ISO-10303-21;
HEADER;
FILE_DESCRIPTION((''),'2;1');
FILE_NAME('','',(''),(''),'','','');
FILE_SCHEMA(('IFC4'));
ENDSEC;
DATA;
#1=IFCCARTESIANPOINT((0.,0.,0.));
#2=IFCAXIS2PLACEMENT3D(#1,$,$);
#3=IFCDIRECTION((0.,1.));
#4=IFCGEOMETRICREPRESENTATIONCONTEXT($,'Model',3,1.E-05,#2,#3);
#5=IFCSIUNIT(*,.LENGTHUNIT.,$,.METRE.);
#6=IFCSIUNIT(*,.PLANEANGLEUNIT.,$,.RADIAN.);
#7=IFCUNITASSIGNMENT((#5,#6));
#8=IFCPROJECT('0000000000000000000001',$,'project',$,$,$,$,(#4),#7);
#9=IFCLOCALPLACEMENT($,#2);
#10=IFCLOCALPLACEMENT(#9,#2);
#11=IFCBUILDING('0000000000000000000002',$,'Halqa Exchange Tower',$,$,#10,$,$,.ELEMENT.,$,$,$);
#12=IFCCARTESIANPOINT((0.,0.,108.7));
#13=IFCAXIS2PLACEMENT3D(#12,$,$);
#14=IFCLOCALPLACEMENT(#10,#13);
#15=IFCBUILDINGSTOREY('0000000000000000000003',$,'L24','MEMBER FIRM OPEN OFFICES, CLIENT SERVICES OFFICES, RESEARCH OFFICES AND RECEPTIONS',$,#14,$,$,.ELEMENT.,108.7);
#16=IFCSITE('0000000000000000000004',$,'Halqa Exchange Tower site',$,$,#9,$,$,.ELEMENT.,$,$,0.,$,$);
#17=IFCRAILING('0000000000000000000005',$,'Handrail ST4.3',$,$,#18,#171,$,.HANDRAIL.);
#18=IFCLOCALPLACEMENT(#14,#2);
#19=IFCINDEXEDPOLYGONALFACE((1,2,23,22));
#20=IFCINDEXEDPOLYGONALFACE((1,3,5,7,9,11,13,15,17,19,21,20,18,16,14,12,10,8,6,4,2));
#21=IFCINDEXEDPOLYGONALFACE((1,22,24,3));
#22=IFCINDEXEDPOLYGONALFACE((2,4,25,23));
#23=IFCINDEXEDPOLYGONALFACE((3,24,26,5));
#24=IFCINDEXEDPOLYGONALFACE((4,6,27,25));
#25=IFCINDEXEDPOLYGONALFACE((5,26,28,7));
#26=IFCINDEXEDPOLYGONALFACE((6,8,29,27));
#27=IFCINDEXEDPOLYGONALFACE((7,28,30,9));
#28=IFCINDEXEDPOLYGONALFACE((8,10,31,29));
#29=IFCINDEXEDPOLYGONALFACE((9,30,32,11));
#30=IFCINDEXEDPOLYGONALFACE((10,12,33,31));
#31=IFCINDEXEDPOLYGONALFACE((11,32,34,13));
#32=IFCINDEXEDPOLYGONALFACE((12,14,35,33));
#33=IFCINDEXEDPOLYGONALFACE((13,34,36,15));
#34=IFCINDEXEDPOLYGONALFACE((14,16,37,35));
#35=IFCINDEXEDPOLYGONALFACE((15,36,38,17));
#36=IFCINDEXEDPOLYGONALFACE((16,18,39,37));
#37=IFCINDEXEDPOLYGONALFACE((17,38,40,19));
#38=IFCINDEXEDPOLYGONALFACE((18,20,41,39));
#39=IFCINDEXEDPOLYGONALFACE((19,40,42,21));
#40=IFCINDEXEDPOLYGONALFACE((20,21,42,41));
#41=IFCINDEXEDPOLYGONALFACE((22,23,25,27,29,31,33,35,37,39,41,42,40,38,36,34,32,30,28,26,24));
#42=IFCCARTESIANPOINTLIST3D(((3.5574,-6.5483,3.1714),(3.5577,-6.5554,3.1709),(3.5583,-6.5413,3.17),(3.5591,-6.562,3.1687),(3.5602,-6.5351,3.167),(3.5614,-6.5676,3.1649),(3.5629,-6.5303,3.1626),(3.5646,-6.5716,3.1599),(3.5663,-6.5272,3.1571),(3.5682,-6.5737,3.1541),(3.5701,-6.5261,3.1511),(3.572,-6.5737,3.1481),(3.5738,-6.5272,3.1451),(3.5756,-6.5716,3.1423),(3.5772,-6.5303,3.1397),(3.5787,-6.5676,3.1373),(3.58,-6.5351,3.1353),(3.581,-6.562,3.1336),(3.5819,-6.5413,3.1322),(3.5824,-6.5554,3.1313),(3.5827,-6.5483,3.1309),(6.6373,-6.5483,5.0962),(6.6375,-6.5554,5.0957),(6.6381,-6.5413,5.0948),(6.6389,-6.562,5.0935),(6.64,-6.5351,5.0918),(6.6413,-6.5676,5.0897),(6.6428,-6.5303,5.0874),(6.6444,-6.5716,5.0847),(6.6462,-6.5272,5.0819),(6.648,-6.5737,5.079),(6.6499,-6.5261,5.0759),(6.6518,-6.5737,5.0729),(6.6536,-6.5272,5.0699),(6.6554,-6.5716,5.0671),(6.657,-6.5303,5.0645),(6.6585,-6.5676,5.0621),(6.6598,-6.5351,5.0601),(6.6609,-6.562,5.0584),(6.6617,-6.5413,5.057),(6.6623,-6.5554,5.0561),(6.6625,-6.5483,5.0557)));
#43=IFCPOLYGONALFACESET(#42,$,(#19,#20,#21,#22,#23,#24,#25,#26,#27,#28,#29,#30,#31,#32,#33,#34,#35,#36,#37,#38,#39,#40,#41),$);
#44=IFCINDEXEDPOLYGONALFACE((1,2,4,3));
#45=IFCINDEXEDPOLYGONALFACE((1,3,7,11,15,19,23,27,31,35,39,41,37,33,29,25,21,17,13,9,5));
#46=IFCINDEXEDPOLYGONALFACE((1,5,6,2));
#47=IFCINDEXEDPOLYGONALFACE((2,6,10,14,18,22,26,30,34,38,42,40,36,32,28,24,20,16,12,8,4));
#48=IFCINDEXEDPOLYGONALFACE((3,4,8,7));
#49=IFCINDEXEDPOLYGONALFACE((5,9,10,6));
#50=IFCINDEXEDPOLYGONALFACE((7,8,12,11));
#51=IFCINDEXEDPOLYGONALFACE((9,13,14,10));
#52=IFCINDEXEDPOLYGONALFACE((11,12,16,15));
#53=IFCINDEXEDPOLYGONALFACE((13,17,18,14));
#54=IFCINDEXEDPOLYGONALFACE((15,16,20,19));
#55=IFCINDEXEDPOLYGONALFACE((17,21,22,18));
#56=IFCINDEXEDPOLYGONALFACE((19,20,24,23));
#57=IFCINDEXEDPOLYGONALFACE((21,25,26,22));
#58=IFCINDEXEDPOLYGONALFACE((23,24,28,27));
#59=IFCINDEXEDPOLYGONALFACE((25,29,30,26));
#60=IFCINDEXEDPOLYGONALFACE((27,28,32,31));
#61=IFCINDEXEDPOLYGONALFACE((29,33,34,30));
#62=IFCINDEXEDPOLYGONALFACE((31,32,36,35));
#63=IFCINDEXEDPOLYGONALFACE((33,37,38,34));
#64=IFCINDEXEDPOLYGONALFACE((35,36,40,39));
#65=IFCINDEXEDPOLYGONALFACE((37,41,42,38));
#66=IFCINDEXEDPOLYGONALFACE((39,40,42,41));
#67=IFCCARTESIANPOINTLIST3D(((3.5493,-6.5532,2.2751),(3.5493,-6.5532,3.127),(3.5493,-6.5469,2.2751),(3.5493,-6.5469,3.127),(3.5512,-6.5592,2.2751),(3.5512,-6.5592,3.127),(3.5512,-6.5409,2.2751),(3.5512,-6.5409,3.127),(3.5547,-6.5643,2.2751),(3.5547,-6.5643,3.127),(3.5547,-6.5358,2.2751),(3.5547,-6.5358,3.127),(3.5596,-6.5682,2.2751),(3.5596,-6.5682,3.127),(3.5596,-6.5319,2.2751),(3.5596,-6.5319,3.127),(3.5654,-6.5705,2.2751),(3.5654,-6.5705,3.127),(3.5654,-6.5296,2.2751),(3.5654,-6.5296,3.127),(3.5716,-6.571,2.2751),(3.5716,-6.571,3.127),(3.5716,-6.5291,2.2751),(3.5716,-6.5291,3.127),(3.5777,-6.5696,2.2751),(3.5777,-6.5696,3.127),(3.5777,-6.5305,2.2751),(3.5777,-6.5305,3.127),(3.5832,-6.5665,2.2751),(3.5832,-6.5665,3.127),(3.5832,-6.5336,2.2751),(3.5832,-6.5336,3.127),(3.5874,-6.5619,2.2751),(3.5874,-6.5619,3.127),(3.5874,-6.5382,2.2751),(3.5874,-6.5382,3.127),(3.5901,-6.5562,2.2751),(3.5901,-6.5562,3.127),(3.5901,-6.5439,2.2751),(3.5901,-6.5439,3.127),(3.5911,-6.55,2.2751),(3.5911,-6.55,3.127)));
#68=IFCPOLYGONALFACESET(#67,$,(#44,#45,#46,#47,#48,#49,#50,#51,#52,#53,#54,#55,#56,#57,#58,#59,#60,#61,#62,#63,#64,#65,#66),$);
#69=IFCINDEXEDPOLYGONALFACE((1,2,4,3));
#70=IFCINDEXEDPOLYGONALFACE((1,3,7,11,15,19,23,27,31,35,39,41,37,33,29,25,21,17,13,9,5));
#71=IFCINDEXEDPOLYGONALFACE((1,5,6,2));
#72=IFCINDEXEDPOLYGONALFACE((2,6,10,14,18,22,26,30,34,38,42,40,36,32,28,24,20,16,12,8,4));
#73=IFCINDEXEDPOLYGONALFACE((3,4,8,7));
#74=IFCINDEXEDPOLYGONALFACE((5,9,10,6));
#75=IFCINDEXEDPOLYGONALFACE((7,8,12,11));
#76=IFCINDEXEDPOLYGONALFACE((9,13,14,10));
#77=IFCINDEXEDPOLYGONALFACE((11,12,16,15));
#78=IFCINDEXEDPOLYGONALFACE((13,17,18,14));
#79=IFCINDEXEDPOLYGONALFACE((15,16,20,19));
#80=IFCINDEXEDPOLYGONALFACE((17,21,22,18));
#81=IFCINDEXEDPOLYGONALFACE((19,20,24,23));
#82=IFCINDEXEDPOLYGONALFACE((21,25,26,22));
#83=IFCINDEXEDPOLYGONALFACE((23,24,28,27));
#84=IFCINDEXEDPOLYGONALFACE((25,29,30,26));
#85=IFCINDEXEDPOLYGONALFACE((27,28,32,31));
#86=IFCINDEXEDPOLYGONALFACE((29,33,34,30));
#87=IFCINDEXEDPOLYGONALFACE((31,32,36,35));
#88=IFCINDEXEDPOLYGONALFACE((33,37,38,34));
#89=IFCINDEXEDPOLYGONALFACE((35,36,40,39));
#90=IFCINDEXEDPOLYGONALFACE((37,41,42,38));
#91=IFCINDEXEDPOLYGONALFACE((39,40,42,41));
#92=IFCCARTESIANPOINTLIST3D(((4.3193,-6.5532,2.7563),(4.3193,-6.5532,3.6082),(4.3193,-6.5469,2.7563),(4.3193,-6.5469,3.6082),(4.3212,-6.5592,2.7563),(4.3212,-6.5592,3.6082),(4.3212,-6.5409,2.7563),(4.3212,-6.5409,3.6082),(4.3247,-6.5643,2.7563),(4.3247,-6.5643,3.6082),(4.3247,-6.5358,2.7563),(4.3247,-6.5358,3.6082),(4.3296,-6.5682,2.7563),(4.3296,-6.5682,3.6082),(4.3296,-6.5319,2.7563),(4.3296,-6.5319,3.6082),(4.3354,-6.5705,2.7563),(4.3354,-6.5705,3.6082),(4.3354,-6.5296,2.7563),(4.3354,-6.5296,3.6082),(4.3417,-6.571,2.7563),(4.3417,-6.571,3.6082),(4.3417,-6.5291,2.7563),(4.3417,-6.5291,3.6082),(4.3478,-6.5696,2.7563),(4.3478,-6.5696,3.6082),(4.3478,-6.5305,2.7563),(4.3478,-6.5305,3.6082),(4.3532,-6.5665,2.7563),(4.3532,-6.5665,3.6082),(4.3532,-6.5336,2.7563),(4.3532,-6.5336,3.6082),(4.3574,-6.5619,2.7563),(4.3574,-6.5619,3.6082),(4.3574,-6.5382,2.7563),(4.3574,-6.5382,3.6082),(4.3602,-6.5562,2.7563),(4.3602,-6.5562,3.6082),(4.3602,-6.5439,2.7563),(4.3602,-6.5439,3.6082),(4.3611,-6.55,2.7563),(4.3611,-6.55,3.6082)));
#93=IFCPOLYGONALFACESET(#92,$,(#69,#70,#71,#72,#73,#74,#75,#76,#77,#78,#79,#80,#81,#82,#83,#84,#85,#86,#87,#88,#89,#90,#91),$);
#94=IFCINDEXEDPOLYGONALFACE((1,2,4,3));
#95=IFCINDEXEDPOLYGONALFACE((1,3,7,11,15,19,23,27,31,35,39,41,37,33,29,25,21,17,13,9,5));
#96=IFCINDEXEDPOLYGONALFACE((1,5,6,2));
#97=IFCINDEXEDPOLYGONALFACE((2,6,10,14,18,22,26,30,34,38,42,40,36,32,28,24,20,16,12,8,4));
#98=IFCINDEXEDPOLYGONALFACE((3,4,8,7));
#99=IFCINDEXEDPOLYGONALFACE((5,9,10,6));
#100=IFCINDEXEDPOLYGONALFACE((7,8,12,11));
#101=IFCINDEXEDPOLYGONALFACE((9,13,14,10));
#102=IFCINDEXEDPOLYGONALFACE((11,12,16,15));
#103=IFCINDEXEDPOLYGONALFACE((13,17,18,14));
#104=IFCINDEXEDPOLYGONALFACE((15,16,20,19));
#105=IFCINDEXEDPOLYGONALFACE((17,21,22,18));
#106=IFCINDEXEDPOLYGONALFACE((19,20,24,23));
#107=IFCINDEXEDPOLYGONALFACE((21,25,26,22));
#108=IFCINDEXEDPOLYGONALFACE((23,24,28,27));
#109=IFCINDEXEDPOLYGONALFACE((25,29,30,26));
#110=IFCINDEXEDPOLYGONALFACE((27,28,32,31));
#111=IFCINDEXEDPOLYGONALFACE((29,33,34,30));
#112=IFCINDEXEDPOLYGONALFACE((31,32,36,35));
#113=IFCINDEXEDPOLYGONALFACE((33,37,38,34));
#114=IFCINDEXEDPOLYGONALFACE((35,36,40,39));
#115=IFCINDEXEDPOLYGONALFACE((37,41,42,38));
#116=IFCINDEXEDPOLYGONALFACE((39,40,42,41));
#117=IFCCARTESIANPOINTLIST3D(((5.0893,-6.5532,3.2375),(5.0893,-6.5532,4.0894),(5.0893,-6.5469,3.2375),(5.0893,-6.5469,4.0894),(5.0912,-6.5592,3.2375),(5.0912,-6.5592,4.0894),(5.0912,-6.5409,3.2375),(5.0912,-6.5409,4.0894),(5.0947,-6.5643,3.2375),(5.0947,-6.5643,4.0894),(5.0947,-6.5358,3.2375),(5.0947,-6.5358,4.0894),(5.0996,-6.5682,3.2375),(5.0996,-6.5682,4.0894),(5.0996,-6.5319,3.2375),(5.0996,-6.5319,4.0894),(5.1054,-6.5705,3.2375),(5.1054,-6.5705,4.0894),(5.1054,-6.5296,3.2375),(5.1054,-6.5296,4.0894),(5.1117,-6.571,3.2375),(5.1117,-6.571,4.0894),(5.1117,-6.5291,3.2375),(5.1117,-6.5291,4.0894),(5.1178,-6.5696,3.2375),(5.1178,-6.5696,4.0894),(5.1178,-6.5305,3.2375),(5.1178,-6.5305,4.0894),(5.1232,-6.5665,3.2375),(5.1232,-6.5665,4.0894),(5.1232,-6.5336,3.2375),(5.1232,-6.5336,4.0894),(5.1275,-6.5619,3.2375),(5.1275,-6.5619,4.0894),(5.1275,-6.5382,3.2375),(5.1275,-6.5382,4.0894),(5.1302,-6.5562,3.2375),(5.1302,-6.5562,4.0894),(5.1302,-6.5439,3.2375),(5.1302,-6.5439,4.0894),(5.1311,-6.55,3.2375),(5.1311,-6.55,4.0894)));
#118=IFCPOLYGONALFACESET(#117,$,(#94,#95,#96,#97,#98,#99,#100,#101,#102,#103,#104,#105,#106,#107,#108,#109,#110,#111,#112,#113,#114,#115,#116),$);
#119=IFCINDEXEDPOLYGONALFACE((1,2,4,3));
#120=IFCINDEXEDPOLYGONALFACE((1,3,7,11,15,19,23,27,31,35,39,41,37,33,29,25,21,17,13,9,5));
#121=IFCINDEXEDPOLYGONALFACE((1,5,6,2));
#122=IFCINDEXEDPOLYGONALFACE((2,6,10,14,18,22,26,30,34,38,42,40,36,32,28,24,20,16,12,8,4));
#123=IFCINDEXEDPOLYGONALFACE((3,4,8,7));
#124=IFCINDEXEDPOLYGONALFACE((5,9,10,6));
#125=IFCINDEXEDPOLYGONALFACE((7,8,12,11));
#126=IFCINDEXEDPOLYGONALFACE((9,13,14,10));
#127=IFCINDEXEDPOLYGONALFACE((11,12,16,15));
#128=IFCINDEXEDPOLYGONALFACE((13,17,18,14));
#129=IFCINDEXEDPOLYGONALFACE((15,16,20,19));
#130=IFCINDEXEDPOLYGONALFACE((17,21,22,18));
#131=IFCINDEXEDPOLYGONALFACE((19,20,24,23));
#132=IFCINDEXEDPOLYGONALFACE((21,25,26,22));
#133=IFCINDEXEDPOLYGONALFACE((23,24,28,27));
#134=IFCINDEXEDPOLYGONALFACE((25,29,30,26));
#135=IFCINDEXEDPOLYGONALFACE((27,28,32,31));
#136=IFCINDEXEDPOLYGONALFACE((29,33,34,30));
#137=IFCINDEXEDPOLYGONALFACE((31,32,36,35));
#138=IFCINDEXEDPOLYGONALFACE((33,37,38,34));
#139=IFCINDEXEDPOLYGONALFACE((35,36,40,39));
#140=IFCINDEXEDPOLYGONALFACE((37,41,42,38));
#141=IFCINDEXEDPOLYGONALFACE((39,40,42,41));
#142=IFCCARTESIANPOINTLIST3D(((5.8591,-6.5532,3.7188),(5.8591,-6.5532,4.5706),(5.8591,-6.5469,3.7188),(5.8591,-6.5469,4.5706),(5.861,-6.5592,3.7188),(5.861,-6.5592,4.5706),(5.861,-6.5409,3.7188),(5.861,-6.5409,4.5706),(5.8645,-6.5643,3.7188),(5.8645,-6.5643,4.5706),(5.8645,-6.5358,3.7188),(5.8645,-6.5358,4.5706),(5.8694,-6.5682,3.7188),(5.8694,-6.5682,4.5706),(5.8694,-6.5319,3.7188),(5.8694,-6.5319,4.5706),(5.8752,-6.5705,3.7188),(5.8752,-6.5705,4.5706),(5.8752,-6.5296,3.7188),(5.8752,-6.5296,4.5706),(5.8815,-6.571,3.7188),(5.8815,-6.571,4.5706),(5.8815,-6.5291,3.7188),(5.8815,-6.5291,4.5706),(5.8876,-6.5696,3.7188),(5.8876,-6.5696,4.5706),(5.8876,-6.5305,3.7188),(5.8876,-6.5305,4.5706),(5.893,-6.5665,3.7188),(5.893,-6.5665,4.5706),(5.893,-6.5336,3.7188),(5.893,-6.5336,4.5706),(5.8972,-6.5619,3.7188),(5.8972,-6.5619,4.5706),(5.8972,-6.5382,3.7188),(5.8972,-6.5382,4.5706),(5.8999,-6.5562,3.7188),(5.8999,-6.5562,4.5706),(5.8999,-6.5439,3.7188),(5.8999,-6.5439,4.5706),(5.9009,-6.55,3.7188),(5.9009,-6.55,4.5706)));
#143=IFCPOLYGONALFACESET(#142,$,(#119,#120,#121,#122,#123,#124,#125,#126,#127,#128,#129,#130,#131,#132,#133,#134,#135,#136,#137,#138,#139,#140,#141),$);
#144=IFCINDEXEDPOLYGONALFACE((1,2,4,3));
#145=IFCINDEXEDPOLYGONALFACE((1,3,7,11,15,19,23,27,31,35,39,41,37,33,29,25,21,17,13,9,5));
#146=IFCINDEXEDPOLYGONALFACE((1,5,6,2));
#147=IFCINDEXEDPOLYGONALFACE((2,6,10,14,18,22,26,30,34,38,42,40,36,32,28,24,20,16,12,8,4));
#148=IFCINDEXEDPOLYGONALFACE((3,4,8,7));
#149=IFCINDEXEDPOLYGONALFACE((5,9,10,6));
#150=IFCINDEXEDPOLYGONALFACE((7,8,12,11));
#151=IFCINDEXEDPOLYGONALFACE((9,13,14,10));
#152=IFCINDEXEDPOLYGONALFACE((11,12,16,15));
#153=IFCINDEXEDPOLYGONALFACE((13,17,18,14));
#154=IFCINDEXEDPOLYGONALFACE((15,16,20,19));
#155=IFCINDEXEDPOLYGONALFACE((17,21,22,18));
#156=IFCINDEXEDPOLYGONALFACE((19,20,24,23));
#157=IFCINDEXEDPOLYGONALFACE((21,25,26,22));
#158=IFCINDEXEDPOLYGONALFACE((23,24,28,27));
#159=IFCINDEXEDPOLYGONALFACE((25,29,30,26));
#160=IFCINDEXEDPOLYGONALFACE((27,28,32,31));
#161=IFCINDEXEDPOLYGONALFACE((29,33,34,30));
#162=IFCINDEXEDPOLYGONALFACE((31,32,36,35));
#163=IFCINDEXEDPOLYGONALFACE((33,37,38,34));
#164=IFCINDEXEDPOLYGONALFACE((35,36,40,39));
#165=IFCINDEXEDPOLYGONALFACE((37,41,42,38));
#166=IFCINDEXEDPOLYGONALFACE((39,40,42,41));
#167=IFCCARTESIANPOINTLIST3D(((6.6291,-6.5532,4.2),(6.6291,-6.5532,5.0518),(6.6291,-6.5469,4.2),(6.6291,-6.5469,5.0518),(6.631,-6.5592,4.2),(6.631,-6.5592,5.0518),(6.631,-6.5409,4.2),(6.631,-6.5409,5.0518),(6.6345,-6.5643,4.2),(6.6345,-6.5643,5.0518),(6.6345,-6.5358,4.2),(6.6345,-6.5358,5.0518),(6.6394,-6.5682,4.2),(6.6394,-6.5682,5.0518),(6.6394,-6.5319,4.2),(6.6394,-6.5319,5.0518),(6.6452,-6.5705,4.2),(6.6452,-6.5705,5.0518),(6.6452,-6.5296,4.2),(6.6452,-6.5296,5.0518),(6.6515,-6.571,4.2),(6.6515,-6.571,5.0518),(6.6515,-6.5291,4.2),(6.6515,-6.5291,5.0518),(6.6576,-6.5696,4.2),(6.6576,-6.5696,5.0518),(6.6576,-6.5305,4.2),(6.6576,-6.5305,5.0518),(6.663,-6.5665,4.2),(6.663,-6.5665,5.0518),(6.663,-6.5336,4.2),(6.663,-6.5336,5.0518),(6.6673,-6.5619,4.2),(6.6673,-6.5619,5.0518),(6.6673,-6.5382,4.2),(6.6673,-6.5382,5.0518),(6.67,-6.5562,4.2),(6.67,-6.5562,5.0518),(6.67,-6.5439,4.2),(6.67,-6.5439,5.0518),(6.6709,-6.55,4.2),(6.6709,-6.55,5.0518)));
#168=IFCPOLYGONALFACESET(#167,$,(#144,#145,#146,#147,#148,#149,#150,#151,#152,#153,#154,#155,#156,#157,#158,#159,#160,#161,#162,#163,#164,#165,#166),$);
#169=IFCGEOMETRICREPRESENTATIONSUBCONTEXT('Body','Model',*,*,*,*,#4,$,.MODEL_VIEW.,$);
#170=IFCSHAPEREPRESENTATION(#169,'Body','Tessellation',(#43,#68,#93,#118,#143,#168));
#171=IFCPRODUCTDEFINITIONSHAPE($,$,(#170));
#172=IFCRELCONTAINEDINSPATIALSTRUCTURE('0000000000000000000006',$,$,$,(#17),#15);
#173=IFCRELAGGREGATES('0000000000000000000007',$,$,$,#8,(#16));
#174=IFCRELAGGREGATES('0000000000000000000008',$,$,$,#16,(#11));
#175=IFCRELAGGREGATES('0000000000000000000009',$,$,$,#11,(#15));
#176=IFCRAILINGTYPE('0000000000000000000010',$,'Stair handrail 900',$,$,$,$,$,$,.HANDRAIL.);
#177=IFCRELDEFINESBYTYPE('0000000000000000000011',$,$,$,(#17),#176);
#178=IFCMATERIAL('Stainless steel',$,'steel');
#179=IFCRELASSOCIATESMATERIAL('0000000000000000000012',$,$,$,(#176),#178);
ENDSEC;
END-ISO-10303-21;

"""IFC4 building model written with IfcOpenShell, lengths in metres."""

from ifc_helpers import new_model, si_unit, direction, frame, origin, origin_2d, place, context, subcontext, project, spatial, circle, extrude, material, type_object, element, save


model = new_model("IFC4")

# Units and contexts
model_context = context("Model", 3, precision=1e-05, world=origin(), true_north=direction((0.0, 1.0)))
body_context = subcontext(model_context, "Body", "Model", "MODEL_VIEW")
ifc_project = project(units=[si_unit("LENGTHUNIT", "METRE"), si_unit("PLANEANGLEUNIT", "RADIAN")], contexts=[model_context])

# Site, building, storey
site_placement = place(None, origin())
site = spatial("IfcSite", under=ifc_project, at=site_placement, Name="Halqa Exchange Tower site", CompositionType="ELEMENT", RefElevation=0.0)
building_placement = place(site_placement, origin())
building = spatial("IfcBuilding", under=site, at=building_placement, Name="Halqa Exchange Tower", CompositionType="ELEMENT")
storey_placement = place(building_placement, frame((0.0, 0.0, 108.7)))
storey = spatial("IfcBuildingStorey", under=building, at=storey_placement, Name="L24", Description="MEMBER FIRM OPEN OFFICES, CLIENT SERVICES OFFICES, RESEARCH OFFICES AND RECEPTIONS", CompositionType="ELEMENT", Elevation=108.7)

# Railing
ifc_material_1 = material(Name="Stainless steel", Category="steel")
railing_type_1 = type_object("IfcRailingType", Name="Stair handrail 900", PredefinedType="HANDRAIL", material=ifc_material_1)
railing_1_placement = place(storey_placement, frame((3.5701, -6.55, 2.2751)))
element("IfcRailing", 1, at=railing_1_placement, inside=storey, type_object=railing_type_1, Name="Handrail ST4.3", PredefinedType="HANDRAIL", context=body_context, shape_type="SweptSolid", body=[
    extrude(circle(Radius=0.0239, at=origin_2d()), frame((0.0, 0.0, 0.876), z_axis=(0.84801, 0.0, 0.529981), x_axis=(0.0, 1.0, 0.0)), (0.0, 0.0, 1.0), 3.6318),
    extrude(circle(Radius=0.021, at=origin_2d()), origin(), (0.0, 0.0, 1.0), 0.8518),
    extrude(circle(Radius=0.021, at=origin_2d()), frame((0.77, 0.0, 0.4812)), (0.0, 0.0, 1.0), 0.8518),
    extrude(circle(Radius=0.021, at=origin_2d()), frame((1.54, 0.0, 0.9624)), (0.0, 0.0, 1.0), 0.8518),
    extrude(circle(Radius=0.021, at=origin_2d()), frame((2.3098, 0.0, 1.4436)), (0.0, 0.0, 1.0), 0.8518),
    extrude(circle(Radius=0.021, at=origin_2d()), frame((3.0798, 0.0, 1.9248)), (0.0, 0.0, 1.0), 0.8518),
])

save(model, "model.ifc")
